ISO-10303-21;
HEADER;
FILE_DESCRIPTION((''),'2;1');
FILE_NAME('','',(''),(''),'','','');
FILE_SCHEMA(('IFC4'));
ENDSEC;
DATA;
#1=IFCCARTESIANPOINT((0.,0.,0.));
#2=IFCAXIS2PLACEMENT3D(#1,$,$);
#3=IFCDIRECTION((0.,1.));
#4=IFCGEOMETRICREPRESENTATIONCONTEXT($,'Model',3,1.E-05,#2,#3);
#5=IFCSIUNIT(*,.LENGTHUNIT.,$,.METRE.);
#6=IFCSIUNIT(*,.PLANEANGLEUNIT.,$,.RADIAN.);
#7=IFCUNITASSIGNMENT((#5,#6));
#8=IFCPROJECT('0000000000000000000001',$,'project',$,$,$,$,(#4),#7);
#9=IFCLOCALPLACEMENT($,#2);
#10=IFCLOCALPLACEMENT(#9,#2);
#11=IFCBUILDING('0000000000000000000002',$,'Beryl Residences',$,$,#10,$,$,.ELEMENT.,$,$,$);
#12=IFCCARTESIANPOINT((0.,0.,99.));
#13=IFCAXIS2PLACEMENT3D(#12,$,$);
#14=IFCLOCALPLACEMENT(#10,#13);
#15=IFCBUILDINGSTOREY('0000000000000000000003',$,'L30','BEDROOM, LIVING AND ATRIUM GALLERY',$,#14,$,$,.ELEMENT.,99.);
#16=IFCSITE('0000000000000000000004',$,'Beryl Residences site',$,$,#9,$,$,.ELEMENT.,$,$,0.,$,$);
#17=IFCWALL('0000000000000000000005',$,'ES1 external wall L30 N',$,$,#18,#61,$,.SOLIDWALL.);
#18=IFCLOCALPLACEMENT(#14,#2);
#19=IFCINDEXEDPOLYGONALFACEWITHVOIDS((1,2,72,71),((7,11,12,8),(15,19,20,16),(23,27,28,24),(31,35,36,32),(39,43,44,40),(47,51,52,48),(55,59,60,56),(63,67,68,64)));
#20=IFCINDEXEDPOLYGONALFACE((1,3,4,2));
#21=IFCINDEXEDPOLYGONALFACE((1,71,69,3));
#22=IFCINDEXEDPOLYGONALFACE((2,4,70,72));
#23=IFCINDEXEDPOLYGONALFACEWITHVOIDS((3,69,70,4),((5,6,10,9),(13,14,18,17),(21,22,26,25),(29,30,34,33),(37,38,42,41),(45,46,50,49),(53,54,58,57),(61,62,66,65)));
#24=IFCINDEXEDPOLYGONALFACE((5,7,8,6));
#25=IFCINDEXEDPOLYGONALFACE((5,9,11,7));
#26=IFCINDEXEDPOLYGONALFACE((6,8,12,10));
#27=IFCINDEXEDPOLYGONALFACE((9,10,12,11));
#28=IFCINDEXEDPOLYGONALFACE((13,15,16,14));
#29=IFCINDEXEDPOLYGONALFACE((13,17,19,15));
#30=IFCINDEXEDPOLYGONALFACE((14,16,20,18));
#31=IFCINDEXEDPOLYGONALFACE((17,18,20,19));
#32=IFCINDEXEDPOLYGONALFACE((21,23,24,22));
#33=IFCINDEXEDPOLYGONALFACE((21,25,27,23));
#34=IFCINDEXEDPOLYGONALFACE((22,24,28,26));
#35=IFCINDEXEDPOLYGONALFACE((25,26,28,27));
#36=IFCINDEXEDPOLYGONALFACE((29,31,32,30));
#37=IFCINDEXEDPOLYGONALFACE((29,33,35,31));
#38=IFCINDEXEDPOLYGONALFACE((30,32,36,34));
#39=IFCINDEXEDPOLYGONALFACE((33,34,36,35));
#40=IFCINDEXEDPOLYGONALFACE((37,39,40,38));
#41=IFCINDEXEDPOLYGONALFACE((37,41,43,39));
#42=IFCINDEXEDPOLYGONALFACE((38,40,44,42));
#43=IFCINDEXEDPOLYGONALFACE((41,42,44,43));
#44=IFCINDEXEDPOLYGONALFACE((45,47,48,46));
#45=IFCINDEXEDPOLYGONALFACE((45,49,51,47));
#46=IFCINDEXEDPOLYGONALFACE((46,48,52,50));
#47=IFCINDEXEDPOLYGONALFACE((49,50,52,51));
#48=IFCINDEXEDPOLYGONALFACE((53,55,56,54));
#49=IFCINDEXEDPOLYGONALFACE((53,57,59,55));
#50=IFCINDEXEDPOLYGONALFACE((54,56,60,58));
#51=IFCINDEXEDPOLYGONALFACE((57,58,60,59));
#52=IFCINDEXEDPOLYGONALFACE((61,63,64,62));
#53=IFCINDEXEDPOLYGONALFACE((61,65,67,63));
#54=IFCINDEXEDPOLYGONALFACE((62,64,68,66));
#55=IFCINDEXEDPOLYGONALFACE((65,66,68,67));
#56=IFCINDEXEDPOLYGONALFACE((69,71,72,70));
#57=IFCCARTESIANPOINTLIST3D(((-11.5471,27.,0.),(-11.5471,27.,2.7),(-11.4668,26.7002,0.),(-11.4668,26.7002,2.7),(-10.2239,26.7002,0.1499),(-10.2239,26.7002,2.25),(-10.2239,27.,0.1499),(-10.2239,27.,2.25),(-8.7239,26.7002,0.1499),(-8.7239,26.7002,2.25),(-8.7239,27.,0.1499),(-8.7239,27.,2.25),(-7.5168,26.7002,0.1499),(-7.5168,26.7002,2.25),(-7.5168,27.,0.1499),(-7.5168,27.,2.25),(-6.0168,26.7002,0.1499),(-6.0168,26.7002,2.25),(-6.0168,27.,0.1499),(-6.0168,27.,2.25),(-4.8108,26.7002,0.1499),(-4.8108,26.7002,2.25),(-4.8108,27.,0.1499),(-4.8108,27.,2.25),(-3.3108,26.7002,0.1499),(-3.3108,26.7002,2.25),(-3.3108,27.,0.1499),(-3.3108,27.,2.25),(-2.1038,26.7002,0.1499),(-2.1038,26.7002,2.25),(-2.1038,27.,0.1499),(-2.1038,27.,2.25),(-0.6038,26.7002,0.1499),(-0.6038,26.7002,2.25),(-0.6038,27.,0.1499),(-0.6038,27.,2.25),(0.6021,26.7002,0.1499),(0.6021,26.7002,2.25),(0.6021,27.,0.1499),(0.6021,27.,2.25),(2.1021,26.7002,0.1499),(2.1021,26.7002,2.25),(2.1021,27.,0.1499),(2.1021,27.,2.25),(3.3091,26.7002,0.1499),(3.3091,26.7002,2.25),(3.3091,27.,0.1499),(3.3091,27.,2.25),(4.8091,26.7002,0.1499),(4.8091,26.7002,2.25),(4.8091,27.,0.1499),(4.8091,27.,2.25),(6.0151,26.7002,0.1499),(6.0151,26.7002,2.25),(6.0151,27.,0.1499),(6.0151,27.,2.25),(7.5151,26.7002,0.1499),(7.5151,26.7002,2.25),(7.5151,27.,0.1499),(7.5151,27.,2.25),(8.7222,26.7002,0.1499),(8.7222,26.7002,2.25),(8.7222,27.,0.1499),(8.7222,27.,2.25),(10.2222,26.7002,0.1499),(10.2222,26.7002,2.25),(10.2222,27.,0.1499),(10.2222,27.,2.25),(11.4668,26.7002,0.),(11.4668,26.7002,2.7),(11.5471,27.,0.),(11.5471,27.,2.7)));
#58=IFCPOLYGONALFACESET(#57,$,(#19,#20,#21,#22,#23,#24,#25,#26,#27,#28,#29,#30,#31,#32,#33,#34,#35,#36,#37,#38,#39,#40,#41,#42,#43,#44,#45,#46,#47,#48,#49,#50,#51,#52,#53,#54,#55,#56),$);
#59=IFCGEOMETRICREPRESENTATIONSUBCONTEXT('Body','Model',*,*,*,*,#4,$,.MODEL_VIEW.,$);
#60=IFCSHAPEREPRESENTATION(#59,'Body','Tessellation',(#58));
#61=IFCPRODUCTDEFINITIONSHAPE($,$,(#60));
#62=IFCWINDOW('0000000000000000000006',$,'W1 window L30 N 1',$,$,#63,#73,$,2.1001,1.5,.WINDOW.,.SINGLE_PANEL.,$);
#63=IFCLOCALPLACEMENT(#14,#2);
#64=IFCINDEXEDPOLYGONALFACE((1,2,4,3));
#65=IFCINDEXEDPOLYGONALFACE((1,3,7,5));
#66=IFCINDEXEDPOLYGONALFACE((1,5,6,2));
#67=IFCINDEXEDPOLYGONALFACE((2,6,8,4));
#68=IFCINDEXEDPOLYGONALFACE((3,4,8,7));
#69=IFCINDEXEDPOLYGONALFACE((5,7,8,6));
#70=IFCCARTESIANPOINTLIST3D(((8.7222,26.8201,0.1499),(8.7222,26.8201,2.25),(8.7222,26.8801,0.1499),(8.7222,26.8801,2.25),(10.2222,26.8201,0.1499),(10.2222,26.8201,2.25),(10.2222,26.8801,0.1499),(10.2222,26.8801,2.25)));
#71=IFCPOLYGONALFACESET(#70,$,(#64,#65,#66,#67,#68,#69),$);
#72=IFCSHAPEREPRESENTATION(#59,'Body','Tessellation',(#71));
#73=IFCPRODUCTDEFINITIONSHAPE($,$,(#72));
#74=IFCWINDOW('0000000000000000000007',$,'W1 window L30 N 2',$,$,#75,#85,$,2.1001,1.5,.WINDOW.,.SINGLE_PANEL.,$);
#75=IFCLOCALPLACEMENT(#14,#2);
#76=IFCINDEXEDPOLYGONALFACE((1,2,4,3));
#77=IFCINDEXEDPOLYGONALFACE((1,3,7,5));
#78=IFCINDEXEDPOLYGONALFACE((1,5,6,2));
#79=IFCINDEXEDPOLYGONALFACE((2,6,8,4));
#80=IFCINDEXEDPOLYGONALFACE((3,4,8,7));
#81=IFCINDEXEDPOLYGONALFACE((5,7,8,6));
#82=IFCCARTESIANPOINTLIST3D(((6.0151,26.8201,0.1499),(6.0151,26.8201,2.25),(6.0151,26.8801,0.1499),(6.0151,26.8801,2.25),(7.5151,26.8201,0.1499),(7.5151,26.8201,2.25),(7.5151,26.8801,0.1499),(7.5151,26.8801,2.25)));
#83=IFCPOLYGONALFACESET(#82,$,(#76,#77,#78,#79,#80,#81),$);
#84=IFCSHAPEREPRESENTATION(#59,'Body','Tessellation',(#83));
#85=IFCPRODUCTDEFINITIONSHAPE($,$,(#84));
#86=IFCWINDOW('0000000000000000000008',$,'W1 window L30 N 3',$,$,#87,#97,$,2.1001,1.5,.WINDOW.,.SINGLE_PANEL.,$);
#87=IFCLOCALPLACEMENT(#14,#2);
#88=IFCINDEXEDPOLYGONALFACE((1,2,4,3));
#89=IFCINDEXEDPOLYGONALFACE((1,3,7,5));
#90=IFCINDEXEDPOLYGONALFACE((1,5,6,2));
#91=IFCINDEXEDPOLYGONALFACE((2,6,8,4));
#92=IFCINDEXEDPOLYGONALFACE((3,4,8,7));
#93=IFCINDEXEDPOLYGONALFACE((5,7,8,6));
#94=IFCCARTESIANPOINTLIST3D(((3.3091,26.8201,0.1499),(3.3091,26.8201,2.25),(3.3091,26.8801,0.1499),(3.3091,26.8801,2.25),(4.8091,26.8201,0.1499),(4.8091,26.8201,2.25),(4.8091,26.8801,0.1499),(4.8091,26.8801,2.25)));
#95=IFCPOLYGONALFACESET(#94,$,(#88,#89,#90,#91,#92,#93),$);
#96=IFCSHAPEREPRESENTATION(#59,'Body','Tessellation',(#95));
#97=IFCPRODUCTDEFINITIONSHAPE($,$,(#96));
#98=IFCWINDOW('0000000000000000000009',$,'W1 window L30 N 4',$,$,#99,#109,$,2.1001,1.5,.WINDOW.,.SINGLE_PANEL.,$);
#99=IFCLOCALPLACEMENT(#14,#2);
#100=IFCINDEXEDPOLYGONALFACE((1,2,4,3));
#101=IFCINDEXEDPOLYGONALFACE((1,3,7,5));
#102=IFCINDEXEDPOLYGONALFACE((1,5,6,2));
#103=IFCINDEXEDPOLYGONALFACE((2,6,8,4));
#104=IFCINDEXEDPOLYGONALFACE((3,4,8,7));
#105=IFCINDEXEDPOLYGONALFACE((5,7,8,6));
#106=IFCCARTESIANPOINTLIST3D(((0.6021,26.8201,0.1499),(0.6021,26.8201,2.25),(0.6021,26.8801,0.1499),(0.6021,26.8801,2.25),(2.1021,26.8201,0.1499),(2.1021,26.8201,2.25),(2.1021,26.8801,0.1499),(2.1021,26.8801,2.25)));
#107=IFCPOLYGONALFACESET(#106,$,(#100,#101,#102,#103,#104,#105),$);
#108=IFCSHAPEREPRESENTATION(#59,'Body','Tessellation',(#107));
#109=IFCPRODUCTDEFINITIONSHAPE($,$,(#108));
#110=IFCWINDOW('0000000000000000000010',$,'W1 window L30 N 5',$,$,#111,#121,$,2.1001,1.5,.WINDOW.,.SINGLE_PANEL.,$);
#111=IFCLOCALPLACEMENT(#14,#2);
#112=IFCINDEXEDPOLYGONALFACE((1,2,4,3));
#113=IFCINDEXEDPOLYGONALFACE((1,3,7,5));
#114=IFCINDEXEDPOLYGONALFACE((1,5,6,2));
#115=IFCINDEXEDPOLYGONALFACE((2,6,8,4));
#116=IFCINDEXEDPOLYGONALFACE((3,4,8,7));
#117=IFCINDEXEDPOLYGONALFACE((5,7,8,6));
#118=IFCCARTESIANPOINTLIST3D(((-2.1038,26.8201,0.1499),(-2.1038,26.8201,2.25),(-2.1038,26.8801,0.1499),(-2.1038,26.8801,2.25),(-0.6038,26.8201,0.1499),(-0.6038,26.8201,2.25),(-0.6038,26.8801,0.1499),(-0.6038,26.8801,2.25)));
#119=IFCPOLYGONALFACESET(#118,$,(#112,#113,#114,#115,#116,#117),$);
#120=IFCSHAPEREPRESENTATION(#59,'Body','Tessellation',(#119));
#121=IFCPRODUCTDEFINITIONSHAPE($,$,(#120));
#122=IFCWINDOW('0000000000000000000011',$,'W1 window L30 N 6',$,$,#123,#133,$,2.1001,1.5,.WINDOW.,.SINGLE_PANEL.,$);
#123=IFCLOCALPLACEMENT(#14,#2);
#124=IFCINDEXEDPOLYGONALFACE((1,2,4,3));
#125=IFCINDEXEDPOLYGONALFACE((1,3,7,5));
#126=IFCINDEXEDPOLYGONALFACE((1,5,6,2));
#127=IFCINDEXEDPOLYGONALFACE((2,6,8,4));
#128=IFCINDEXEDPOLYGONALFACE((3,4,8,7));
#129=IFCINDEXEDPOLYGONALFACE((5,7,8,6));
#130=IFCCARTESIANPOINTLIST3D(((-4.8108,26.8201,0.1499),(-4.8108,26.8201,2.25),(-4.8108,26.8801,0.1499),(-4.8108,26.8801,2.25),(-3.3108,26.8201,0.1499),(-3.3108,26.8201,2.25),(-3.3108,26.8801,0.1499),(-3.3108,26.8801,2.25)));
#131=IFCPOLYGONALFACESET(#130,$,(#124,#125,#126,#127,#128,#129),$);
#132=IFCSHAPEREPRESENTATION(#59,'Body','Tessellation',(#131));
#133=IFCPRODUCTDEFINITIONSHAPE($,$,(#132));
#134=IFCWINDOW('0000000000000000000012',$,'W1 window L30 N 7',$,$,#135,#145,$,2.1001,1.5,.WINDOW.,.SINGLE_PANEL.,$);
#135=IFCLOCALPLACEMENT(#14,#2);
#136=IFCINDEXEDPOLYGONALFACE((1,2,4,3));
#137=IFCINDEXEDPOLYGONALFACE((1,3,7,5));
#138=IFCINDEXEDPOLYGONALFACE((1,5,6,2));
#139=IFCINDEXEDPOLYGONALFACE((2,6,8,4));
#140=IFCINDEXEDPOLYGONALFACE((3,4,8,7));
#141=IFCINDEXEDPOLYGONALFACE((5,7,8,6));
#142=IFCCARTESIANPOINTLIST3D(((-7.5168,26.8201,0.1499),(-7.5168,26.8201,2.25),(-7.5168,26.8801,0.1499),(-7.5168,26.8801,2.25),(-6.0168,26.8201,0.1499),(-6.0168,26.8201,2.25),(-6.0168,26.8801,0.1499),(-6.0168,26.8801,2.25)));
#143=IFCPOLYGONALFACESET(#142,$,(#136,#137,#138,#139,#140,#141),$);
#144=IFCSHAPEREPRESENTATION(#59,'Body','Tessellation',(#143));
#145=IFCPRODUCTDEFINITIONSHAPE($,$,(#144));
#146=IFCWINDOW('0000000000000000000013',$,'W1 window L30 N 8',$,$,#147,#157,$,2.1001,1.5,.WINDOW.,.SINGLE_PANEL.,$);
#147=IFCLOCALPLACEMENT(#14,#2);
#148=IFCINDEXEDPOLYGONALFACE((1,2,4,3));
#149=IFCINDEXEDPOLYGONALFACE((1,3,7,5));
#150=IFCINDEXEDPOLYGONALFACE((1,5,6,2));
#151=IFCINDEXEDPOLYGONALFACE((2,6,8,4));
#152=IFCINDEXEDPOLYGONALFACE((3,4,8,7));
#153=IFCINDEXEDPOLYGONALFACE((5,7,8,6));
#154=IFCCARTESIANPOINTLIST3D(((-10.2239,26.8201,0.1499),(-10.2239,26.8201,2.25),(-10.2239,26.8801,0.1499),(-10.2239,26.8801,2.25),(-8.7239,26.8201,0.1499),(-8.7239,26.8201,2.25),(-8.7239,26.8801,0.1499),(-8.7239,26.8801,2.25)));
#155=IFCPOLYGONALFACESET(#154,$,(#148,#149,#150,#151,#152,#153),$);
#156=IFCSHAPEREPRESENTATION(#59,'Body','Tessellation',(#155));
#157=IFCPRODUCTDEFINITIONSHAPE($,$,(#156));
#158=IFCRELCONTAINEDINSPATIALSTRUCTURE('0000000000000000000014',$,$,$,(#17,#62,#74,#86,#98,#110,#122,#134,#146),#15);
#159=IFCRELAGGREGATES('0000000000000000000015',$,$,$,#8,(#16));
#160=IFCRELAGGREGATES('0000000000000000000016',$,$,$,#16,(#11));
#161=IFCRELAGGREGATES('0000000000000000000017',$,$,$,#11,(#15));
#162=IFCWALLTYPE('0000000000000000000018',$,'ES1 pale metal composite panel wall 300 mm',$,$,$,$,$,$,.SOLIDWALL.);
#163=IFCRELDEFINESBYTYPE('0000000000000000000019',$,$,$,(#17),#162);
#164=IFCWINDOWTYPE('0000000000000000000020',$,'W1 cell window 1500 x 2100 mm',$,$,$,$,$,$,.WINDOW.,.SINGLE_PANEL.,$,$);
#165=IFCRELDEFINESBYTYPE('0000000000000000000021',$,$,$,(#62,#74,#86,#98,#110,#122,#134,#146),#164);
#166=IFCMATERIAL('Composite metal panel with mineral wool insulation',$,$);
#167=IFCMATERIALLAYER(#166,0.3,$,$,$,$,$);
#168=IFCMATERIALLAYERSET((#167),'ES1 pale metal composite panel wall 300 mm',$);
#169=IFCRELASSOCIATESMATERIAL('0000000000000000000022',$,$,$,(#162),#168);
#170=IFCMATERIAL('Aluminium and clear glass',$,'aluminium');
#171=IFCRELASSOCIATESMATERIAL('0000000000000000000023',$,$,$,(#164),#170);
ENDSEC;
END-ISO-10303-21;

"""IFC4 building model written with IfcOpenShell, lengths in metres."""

from ifc_helpers import new_model, si_unit, direction, frame, frame_2d, origin, place, context, subcontext, project, spatial, polyline, rectangle, outline, extrude, material, layer, layer_set, type_object, element, fill, save


model = new_model("IFC4")

# Units and contexts
model_context = context("Model", 3, precision=1e-05, world=origin(), true_north=direction((0.0, 1.0)))
body_context = subcontext(model_context, "Body", "Model", "MODEL_VIEW")
ifc_project = project(units=[si_unit("LENGTHUNIT", "METRE"), si_unit("PLANEANGLEUNIT", "RADIAN")], contexts=[model_context])

# Site, building, storey
site_placement = place(None, origin())
site = spatial("IfcSite", under=ifc_project, at=site_placement, Name="Beryl Residences site", CompositionType="ELEMENT", RefElevation=0.0)
building_placement = place(site_placement, origin())
building = spatial("IfcBuilding", under=site, at=building_placement, Name="Beryl Residences", CompositionType="ELEMENT")
storey_placement = place(building_placement, frame((0.0, 0.0, 99.0)))
storey = spatial("IfcBuildingStorey", under=building, at=storey_placement, Name="L30", Description="BEDROOM, LIVING AND ATRIUM GALLERY", CompositionType="ELEMENT", Elevation=99.0)

# Wall, openings, windows
ifc_material_1 = material(Name="Composite metal panel with mineral wool insulation")
ifc_layer_1 = layer(ifc_material_1, 0.3)
ifc_layer_set_1 = layer_set([ifc_layer_1], Name="ES1 pale metal composite panel wall 300 mm")
wall_type_1 = type_object("IfcWallType", Name="ES1 pale metal composite panel wall 300 mm", PredefinedType="SOLIDWALL", material=ifc_layer_set_1)
wall_1_placement = place(storey_placement, frame((11.5471, 26.8501, 0.0), z_axis=(0.0, 0.0, 1.0), x_axis=(-1.0, 0.0, 0.0)))
wall_1 = element("IfcWall", 1, at=wall_1_placement, inside=storey, type_object=wall_type_1, Name="ES1 external wall L30 N", PredefinedType="SOLIDWALL", context=body_context, shape_type="SweptSolid", body=[
    extrude(outline(polyline([(0.0, -0.1499), (23.0942, -0.1499), (23.0139, 0.1499), (0.0803, 0.1499), (0.0, -0.1499)])), origin(), (0.0, 0.0, 1.0), 2.7),
])
opening_1_placement = place(wall_1_placement, frame((1.325, 0.0, 0.1499)))
opening_1 = element("IfcOpeningElement", 2, at=opening_1_placement, cuts=wall_1, PredefinedType="OPENING", context=body_context, shape_type="SweptSolid", body=[
    extrude(rectangle(XDim=1.5, YDim=2.1001, at=frame_2d((0.75, 1.05))), frame((0.0, 0.1599, 0.0), z_axis=(0.0, -1.0, 0.0), x_axis=(1.0, 0.0, 0.0)), (0.0, 0.0, 1.0), 0.3201),
])
opening_2_placement = place(wall_1_placement, frame((4.032, 0.0, 0.1499)))
opening_2 = element("IfcOpeningElement", 3, at=opening_2_placement, cuts=wall_1, PredefinedType="OPENING", context=body_context, shape_type="SweptSolid", body=[
    extrude(rectangle(XDim=1.5, YDim=2.1001, at=frame_2d((0.75, 1.05))), frame((0.0, 0.1599, 0.0), z_axis=(0.0, -1.0, 0.0), x_axis=(1.0, 0.0, 0.0)), (0.0, 0.0, 1.0), 0.3201),
])
opening_3_placement = place(wall_1_placement, frame((6.738, 0.0, 0.1499)))
opening_3 = element("IfcOpeningElement", 4, at=opening_3_placement, cuts=wall_1, PredefinedType="OPENING", context=body_context, shape_type="SweptSolid", body=[
    extrude(rectangle(XDim=1.5, YDim=2.1001, at=frame_2d((0.75, 1.05))), frame((0.0, 0.1599, 0.0), z_axis=(0.0, -1.0, 0.0), x_axis=(1.0, 0.0, 0.0)), (0.0, 0.0, 1.0), 0.3201),
])
opening_4_placement = place(wall_1_placement, frame((9.4451, 0.0, 0.1499)))
opening_4 = element("IfcOpeningElement", 5, at=opening_4_placement, cuts=wall_1, PredefinedType="OPENING", context=body_context, shape_type="SweptSolid", body=[
    extrude(rectangle(XDim=1.5, YDim=2.1001, at=frame_2d((0.75, 1.05))), frame((0.0, 0.1599, 0.0), z_axis=(0.0, -1.0, 0.0), x_axis=(1.0, 0.0, 0.0)), (0.0, 0.0, 1.0), 0.3201),
])
opening_5_placement = place(wall_1_placement, frame((12.1509, 0.0, 0.1499)))
opening_5 = element("IfcOpeningElement", 6, at=opening_5_placement, cuts=wall_1, PredefinedType="OPENING", context=body_context, shape_type="SweptSolid", body=[
    extrude(rectangle(XDim=1.5, YDim=2.1001, at=frame_2d((0.75, 1.05))), frame((0.0, 0.1599, 0.0), z_axis=(0.0, -1.0, 0.0), x_axis=(1.0, 0.0, 0.0)), (0.0, 0.0, 1.0), 0.3201),
])
opening_6_placement = place(wall_1_placement, frame((14.8579, 0.0, 0.1499)))
opening_6 = element("IfcOpeningElement", 7, at=opening_6_placement, cuts=wall_1, PredefinedType="OPENING", context=body_context, shape_type="SweptSolid", body=[
    extrude(rectangle(XDim=1.5, YDim=2.1001, at=frame_2d((0.75, 1.05))), frame((0.0, 0.1599, 0.0), z_axis=(0.0, -1.0, 0.0), x_axis=(1.0, 0.0, 0.0)), (0.0, 0.0, 1.0), 0.3201),
])
opening_7_placement = place(wall_1_placement, frame((17.564, 0.0, 0.1499)))
opening_7 = element("IfcOpeningElement", 8, at=opening_7_placement, cuts=wall_1, PredefinedType="OPENING", context=body_context, shape_type="SweptSolid", body=[
    extrude(rectangle(XDim=1.5, YDim=2.1001, at=frame_2d((0.75, 1.05))), frame((0.0, 0.1599, 0.0), z_axis=(0.0, -1.0, 0.0), x_axis=(1.0, 0.0, 0.0)), (0.0, 0.0, 1.0), 0.3201),
])
opening_8_placement = place(wall_1_placement, frame((20.271, 0.0, 0.1499)))
opening_8 = element("IfcOpeningElement", 9, at=opening_8_placement, cuts=wall_1, PredefinedType="OPENING", context=body_context, shape_type="SweptSolid", body=[
    extrude(rectangle(XDim=1.5, YDim=2.1001, at=frame_2d((0.75, 1.05))), frame((0.0, 0.1599, 0.0), z_axis=(0.0, -1.0, 0.0), x_axis=(1.0, 0.0, 0.0)), (0.0, 0.0, 1.0), 0.3201),
])
ifc_material_2 = material(Name="Aluminium and clear glass", Category="aluminium")
window_type_1 = type_object("IfcWindowType", Name="W1 cell window 1500 x 2100 mm", PartitioningType="SINGLE_PANEL", PredefinedType="WINDOW", material=ifc_material_2)
window_1_placement = place(opening_1_placement, origin())
window_1 = element("IfcWindow", 10, at=window_1_placement, inside=storey, type_object=window_type_1, Name="W1 window L30 N 1", OverallHeight=2.1001, OverallWidth=1.5, PartitioningType="SINGLE_PANEL", PredefinedType="WINDOW", context=body_context, shape_type="SweptSolid", body=[
    extrude(rectangle(XDim=1.5, YDim=2.1001, at=frame_2d((0.75, 1.05))), frame((0.0, 0.03, 0.0), z_axis=(0.0, -1.0, 0.0), x_axis=(1.0, 0.0, 0.0)), (0.0, 0.0, 1.0), 0.0601),
])
fill(opening_1, window_1)
window_2_placement = place(opening_2_placement, origin())
window_2 = element("IfcWindow", 11, at=window_2_placement, inside=storey, type_object=window_type_1, Name="W1 window L30 N 2", OverallHeight=2.1001, OverallWidth=1.5, PartitioningType="SINGLE_PANEL", PredefinedType="WINDOW", context=body_context, shape_type="SweptSolid", body=[
    extrude(rectangle(XDim=1.5, YDim=2.1001, at=frame_2d((0.75, 1.05))), frame((0.0, 0.03, 0.0), z_axis=(0.0, -1.0, 0.0), x_axis=(1.0, 0.0, 0.0)), (0.0, 0.0, 1.0), 0.0601),
])
fill(opening_2, window_2)
window_3_placement = place(opening_3_placement, origin())
window_3 = element("IfcWindow", 12, at=window_3_placement, inside=storey, type_object=window_type_1, Name="W1 window L30 N 3", OverallHeight=2.1001, OverallWidth=1.5, PartitioningType="SINGLE_PANEL", PredefinedType="WINDOW", context=body_context, shape_type="SweptSolid", body=[
    extrude(rectangle(XDim=1.5, YDim=2.1001, at=frame_2d((0.75, 1.05))), frame((0.0, 0.03, 0.0), z_axis=(0.0, -1.0, 0.0), x_axis=(1.0, 0.0, 0.0)), (0.0, 0.0, 1.0), 0.0601),
])
fill(opening_3, window_3)
window_4_placement = place(opening_4_placement, origin())
window_4 = element("IfcWindow", 13, at=window_4_placement, inside=storey, type_object=window_type_1, Name="W1 window L30 N 4", OverallHeight=2.1001, OverallWidth=1.5, PartitioningType="SINGLE_PANEL", PredefinedType="WINDOW", context=body_context, shape_type="SweptSolid", body=[
    extrude(rectangle(XDim=1.5, YDim=2.1001, at=frame_2d((0.75, 1.05))), frame((0.0, 0.03, 0.0), z_axis=(0.0, -1.0, 0.0), x_axis=(1.0, 0.0, 0.0)), (0.0, 0.0, 1.0), 0.0601),
])
fill(opening_4, window_4)
window_5_placement = place(opening_5_placement, origin())
window_5 = element("IfcWindow", 14, at=window_5_placement, inside=storey, type_object=window_type_1, Name="W1 window L30 N 5", OverallHeight=2.1001, OverallWidth=1.5, PartitioningType="SINGLE_PANEL", PredefinedType="WINDOW", context=body_context, shape_type="SweptSolid", body=[
    extrude(rectangle(XDim=1.5, YDim=2.1001, at=frame_2d((0.75, 1.05))), frame((0.0, 0.03, 0.0), z_axis=(0.0, -1.0, 0.0), x_axis=(1.0, 0.0, 0.0)), (0.0, 0.0, 1.0), 0.0601),
])
fill(opening_5, window_5)
window_6_placement = place(opening_6_placement, origin())
window_6 = element("IfcWindow", 15, at=window_6_placement, inside=storey, type_object=window_type_1, Name="W1 window L30 N 6", OverallHeight=2.1001, OverallWidth=1.5, PartitioningType="SINGLE_PANEL", PredefinedType="WINDOW", context=body_context, shape_type="SweptSolid", body=[
    extrude(rectangle(XDim=1.5, YDim=2.1001, at=frame_2d((0.75, 1.05))), frame((0.0, 0.03, 0.0), z_axis=(0.0, -1.0, 0.0), x_axis=(1.0, 0.0, 0.0)), (0.0, 0.0, 1.0), 0.0601),
])
fill(opening_6, window_6)
window_7_placement = place(opening_7_placement, origin())
window_7 = element("IfcWindow", 16, at=window_7_placement, inside=storey, type_object=window_type_1, Name="W1 window L30 N 7", OverallHeight=2.1001, OverallWidth=1.5, PartitioningType="SINGLE_PANEL", PredefinedType="WINDOW", context=body_context, shape_type="SweptSolid", body=[
    extrude(rectangle(XDim=1.5, YDim=2.1001, at=frame_2d((0.75, 1.05))), frame((0.0, 0.03, 0.0), z_axis=(0.0, -1.0, 0.0), x_axis=(1.0, 0.0, 0.0)), (0.0, 0.0, 1.0), 0.0601),
])
fill(opening_7, window_7)
window_8_placement = place(opening_8_placement, origin())
window_8 = element("IfcWindow", 17, at=window_8_placement, inside=storey, type_object=window_type_1, Name="W1 window L30 N 8", OverallHeight=2.1001, OverallWidth=1.5, PartitioningType="SINGLE_PANEL", PredefinedType="WINDOW", context=body_context, shape_type="SweptSolid", body=[
    extrude(rectangle(XDim=1.5, YDim=2.1001, at=frame_2d((0.75, 1.05))), frame((0.0, 0.03, 0.0), z_axis=(0.0, -1.0, 0.0), x_axis=(1.0, 0.0, 0.0)), (0.0, 0.0, 1.0), 0.0601),
])
fill(opening_8, window_8)

save(model, "model.ifc")
